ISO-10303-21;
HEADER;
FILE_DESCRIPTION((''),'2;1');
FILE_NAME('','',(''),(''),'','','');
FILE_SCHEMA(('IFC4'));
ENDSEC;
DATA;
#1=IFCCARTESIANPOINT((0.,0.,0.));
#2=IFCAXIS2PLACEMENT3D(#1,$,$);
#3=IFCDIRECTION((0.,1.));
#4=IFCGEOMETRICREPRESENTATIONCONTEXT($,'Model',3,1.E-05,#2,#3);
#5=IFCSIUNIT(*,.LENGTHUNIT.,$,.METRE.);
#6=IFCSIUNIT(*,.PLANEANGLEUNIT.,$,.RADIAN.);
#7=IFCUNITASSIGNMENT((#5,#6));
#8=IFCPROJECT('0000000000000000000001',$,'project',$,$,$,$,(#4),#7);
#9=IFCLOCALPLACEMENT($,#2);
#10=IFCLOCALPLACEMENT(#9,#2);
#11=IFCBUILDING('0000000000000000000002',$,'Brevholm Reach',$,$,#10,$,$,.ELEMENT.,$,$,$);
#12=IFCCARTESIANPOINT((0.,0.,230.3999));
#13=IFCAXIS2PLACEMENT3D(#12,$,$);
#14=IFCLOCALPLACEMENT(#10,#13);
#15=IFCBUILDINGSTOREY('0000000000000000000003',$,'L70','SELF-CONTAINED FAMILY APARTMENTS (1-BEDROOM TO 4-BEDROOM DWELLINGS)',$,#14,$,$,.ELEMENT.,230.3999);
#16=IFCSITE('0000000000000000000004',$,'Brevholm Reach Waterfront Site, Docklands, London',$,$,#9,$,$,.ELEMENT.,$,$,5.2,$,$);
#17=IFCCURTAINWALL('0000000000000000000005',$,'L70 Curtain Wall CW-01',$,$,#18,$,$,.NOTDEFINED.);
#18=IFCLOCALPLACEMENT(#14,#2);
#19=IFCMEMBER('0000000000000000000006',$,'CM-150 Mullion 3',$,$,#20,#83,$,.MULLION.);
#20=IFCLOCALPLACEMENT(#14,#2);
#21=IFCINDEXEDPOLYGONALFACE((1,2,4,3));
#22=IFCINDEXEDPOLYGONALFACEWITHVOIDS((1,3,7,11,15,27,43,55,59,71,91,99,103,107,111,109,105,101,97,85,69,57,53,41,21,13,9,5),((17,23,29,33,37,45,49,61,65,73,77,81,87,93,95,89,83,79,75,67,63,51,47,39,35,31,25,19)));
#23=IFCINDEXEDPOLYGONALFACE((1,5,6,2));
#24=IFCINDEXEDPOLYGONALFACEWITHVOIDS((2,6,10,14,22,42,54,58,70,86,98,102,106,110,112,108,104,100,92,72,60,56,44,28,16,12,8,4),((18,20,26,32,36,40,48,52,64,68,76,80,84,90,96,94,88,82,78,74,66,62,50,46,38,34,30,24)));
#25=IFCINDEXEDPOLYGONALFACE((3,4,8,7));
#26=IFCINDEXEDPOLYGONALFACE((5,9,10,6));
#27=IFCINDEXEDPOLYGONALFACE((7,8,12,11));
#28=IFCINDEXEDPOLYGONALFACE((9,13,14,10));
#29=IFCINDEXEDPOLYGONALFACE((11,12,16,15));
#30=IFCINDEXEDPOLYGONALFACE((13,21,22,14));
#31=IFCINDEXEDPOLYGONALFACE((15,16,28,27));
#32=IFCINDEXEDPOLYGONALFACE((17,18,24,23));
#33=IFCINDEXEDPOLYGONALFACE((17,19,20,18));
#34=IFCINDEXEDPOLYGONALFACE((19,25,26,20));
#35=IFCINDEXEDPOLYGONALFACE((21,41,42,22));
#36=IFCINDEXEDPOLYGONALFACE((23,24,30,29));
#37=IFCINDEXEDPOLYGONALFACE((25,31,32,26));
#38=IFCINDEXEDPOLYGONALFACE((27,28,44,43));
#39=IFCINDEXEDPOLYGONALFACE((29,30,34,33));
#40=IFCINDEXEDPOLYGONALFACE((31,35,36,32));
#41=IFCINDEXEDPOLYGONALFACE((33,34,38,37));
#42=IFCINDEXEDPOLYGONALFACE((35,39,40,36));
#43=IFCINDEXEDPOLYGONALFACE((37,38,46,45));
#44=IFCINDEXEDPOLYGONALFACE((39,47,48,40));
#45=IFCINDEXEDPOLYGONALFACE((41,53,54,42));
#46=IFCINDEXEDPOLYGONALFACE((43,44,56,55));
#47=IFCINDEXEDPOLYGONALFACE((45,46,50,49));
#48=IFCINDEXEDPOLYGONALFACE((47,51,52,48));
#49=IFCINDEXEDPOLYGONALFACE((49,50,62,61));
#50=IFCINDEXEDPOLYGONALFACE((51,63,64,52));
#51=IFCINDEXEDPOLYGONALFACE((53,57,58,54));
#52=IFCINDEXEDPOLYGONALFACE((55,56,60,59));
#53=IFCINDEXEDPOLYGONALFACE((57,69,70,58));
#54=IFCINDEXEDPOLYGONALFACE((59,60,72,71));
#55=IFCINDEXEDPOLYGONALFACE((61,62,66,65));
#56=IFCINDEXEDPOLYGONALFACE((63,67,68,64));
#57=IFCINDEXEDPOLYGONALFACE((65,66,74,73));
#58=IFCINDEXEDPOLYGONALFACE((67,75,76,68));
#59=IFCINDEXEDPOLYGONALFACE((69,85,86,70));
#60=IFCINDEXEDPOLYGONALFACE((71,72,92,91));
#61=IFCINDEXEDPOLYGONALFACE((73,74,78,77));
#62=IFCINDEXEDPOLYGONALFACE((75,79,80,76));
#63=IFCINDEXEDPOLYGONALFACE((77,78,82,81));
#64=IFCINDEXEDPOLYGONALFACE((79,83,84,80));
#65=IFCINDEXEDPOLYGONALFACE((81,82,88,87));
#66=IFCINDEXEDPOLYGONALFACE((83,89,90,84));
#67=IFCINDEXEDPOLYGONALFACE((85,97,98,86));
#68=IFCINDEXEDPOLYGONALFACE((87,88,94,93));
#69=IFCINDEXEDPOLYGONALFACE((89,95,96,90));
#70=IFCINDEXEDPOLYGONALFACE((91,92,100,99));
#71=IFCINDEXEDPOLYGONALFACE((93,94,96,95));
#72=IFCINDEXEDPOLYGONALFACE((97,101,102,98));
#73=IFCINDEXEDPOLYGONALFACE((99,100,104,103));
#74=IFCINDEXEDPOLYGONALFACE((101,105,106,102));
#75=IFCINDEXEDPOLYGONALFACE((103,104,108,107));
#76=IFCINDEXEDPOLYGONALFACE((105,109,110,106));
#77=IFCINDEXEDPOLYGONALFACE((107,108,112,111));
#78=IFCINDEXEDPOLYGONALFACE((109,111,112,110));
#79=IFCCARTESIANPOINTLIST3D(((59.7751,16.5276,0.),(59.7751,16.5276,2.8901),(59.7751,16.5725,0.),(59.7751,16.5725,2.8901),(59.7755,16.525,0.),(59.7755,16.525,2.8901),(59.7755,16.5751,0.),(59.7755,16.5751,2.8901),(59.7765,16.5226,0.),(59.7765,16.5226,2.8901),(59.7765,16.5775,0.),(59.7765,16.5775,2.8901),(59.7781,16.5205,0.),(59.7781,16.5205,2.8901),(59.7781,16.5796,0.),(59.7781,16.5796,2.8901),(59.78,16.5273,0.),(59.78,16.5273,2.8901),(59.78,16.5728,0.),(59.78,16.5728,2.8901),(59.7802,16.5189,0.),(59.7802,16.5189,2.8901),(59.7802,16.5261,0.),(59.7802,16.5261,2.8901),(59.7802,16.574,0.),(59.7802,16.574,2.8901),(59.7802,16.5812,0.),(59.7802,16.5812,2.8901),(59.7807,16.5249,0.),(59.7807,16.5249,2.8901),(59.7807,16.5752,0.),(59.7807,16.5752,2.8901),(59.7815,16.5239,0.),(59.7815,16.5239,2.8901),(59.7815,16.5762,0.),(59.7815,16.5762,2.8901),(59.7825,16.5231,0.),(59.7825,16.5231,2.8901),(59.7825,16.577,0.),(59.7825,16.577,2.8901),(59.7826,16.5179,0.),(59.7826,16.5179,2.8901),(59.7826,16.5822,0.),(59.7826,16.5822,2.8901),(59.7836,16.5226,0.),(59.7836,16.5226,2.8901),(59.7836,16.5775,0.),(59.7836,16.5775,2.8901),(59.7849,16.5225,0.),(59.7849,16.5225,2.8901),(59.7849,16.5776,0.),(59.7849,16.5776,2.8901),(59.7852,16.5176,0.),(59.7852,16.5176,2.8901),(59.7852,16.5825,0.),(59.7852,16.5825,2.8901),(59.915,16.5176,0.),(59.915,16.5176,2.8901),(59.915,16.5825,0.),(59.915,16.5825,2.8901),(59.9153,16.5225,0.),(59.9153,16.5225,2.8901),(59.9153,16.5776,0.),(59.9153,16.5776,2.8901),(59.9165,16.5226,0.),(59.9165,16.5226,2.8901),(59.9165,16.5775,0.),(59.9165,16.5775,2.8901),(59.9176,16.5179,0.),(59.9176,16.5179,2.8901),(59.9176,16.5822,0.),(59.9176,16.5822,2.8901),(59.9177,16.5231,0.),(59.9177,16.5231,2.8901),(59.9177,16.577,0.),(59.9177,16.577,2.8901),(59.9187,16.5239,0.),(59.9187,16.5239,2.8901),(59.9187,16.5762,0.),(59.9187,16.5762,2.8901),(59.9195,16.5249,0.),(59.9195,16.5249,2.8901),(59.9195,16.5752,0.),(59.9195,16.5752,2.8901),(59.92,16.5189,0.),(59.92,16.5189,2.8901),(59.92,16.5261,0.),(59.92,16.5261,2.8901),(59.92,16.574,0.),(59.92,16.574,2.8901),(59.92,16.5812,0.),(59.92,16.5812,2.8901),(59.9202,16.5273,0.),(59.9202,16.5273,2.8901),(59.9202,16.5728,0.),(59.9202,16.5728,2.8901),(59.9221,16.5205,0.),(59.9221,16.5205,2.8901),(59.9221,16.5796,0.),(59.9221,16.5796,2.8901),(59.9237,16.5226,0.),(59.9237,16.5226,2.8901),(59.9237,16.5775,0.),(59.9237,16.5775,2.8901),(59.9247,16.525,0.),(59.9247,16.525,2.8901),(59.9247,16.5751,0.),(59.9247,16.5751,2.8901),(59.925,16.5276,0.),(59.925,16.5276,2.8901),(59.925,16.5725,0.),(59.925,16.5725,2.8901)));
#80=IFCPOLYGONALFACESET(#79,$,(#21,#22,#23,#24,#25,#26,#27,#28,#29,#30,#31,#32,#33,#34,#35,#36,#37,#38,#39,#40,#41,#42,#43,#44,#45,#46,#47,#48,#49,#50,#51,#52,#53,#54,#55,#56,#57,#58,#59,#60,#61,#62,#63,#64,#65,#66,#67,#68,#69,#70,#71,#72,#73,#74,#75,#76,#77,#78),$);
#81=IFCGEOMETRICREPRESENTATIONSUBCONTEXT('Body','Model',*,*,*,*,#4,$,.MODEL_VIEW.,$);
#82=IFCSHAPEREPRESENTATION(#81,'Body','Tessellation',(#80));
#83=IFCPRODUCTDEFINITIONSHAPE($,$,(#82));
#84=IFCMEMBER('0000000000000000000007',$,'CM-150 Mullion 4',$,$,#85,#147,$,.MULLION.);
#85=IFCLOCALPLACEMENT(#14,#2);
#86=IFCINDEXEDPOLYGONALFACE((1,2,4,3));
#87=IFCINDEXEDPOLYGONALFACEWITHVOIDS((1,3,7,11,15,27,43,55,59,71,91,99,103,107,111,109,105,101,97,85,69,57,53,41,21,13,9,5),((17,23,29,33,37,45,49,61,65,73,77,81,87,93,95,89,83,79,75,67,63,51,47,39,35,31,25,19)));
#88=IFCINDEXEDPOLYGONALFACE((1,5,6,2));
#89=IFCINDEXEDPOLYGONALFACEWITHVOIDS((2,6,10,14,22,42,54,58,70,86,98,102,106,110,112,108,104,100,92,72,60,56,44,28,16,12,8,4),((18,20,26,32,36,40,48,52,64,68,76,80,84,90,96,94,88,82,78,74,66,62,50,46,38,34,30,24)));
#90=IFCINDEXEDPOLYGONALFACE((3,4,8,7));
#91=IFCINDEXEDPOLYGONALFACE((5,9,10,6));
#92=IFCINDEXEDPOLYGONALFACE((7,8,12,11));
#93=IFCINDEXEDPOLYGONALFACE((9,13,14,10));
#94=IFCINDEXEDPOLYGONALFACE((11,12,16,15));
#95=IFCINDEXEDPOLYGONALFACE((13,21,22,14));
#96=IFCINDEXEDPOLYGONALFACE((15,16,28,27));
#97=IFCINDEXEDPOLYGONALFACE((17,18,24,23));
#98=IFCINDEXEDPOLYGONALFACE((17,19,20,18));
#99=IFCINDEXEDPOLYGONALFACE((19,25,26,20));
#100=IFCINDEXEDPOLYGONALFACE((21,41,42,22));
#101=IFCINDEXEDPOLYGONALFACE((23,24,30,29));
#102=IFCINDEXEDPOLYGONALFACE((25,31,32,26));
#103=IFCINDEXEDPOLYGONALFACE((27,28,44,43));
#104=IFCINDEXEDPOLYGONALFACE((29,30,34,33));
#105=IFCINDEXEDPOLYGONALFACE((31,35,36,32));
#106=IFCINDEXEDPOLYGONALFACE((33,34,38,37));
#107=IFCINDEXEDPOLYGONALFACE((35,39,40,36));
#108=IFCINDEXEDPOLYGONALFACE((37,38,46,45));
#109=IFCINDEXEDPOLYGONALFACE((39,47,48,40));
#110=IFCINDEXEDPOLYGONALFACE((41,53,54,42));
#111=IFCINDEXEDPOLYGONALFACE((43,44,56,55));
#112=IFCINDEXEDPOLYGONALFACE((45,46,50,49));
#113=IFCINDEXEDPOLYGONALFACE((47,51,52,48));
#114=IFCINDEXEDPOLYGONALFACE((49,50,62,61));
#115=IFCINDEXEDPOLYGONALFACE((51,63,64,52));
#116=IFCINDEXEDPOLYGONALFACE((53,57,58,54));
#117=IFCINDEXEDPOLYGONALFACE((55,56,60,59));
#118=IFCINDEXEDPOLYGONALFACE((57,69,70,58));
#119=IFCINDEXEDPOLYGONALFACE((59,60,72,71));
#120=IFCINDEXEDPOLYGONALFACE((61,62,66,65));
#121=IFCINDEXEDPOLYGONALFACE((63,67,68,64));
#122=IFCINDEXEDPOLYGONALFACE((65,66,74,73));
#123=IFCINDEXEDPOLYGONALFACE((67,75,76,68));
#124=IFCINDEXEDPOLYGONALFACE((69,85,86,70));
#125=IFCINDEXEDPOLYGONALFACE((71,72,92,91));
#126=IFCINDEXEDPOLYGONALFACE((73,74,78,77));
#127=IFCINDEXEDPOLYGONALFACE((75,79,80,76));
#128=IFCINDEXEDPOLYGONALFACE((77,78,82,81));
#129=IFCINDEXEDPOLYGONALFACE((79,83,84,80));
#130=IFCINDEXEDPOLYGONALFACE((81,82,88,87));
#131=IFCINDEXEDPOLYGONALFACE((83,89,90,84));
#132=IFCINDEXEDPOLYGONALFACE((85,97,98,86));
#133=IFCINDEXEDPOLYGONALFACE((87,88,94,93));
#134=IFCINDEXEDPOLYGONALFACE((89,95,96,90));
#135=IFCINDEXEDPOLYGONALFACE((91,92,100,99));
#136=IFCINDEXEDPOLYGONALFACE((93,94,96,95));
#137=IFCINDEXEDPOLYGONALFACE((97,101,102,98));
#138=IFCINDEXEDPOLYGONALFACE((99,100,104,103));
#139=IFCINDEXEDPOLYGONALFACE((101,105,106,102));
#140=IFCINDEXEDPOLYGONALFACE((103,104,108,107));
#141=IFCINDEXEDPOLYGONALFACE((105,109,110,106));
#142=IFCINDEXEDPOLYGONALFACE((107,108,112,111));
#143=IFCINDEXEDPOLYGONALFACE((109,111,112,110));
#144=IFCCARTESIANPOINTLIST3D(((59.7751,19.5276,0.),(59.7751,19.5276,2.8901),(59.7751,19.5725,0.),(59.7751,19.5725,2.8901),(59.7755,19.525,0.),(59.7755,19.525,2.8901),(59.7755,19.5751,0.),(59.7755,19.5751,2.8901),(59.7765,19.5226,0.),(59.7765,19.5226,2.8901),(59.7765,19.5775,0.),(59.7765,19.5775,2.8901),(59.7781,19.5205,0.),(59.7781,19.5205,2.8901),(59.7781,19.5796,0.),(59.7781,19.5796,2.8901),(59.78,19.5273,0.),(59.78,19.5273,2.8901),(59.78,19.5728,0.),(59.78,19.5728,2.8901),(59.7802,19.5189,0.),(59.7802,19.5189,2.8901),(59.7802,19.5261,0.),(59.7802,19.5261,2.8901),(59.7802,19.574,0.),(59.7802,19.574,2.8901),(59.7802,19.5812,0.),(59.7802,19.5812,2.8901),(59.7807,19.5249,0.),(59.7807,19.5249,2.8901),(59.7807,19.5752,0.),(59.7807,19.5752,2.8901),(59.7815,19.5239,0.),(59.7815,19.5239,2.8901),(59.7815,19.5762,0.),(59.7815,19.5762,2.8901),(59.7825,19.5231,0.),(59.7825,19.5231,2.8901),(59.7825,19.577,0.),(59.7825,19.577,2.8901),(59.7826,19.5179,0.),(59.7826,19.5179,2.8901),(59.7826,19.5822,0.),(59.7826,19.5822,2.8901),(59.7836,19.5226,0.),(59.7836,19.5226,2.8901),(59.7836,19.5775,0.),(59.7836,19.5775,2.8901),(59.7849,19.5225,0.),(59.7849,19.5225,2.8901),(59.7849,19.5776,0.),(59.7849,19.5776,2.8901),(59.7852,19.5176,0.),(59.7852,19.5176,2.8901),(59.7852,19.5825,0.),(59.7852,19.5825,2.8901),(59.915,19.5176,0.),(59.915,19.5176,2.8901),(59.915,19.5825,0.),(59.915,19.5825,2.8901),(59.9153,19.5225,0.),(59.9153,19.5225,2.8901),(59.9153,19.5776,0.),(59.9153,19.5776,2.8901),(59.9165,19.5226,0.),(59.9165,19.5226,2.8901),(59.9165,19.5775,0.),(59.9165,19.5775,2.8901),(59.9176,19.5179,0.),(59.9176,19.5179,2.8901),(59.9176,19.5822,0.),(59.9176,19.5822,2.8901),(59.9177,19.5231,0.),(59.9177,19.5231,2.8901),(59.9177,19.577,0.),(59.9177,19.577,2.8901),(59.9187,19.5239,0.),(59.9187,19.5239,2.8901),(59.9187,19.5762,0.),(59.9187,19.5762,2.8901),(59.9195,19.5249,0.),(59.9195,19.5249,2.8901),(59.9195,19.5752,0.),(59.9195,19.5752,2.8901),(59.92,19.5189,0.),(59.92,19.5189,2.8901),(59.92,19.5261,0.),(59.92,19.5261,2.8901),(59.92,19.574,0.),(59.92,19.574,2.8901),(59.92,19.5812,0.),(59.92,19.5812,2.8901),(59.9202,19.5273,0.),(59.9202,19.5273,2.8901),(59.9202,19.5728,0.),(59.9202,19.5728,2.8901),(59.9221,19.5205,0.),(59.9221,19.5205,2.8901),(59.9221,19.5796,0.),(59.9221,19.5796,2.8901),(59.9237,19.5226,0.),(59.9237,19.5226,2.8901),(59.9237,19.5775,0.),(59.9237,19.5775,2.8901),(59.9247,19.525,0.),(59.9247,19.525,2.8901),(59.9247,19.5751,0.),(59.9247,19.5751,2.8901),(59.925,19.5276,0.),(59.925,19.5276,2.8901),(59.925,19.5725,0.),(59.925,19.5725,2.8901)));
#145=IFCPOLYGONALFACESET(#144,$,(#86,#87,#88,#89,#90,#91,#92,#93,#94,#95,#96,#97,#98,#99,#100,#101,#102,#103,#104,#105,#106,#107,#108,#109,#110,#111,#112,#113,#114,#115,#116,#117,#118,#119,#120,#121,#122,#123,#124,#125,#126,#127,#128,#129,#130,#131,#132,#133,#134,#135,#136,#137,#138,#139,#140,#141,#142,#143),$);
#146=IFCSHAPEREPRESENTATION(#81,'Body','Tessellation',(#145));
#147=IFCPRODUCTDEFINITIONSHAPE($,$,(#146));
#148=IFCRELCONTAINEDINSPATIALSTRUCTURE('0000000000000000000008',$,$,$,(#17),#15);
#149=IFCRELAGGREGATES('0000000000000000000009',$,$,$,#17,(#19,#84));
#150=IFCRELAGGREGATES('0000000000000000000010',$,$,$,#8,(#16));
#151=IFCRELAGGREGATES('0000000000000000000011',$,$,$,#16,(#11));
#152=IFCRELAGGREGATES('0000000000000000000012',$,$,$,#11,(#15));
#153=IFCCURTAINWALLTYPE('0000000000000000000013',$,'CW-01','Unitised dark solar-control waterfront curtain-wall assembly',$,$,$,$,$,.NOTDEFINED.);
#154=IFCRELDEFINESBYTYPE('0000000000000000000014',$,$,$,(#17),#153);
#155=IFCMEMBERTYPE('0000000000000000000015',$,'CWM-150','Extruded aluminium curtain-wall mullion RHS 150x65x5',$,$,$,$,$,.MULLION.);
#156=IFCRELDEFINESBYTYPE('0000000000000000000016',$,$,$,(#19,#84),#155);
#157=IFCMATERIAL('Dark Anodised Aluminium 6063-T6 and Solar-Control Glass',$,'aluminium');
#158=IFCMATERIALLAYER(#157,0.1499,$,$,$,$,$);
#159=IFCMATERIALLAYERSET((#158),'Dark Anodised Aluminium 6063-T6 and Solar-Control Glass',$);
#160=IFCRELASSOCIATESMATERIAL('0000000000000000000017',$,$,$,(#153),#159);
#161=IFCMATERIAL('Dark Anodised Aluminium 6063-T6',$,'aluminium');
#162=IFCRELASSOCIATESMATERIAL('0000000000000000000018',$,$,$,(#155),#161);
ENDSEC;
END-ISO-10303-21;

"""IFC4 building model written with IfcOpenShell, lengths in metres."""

from ifc_helpers import new_model, si_unit, direction, frame, origin, origin_2d, place, context, subcontext, project, spatial, hollow_rectangle, extrude, material, layer, layer_set, material_profile, profile_set, type_object, element, aggregate, save


model = new_model("IFC4")

# Units and contexts
model_context = context("Model", 3, precision=1e-05, world=origin(), true_north=direction((0.0, 1.0)))
body_context = subcontext(model_context, "Body", "Model", "MODEL_VIEW")
ifc_project = project(units=[si_unit("LENGTHUNIT", "METRE"), si_unit("PLANEANGLEUNIT", "RADIAN")], contexts=[model_context])

# Site, building, storey
site_placement = place(None, origin())
site = spatial("IfcSite", under=ifc_project, at=site_placement, Name="Brevholm Reach Waterfront Site, Docklands, London", CompositionType="ELEMENT", RefElevation=5.2)
building_placement = place(site_placement, origin())
building = spatial("IfcBuilding", under=site, at=building_placement, Name="Brevholm Reach", CompositionType="ELEMENT")
storey_placement = place(building_placement, frame((0.0, 0.0, 230.3999)))
storey = spatial("IfcBuildingStorey", under=building, at=storey_placement, Name="L70", Description="SELF-CONTAINED FAMILY APARTMENTS (1-BEDROOM TO 4-BEDROOM DWELLINGS)", CompositionType="ELEMENT", Elevation=230.3999)

# Curtain wall, members
ifc_material_1 = material(Name="Dark Anodised Aluminium 6063-T6 and Solar-Control Glass", Category="aluminium")
ifc_layer_1 = layer(ifc_material_1, 0.1499)
ifc_layer_set_1 = layer_set([ifc_layer_1], Name="Dark Anodised Aluminium 6063-T6 and Solar-Control Glass")
curtain_wall_type = type_object("IfcCurtainWallType", Name="CW-01", Description="Unitised dark solar-control waterfront curtain-wall assembly", PredefinedType="NOTDEFINED", material=ifc_layer_set_1)
curtain_wall_placement = place(storey_placement, origin())
curtain_wall = element("IfcCurtainWall", 1, at=curtain_wall_placement, inside=storey, type_object=curtain_wall_type, Name="L70 Curtain Wall CW-01", PredefinedType="NOTDEFINED")
ifc_material_2 = material(Name="Dark Anodised Aluminium 6063-T6", Category="aluminium")
ifc_material_profile_1 = material_profile(ifc_material_2, hollow_rectangle(XDim=0.0649, YDim=0.1499, WallThickness=0.0049, InnerFilletRadius=0.0049, OuterFilletRadius=0.01, at=origin_2d()), Name="RHS 150x65x5")
ifc_profile_set_1 = profile_set([ifc_material_profile_1], Name="Dark Anodised Aluminium 6063-T6")
member_type_1 = type_object("IfcMemberType", Name="CWM-150", Description="Extruded aluminium curtain-wall mullion RHS 150x65x5", PredefinedType="MULLION", material=ifc_profile_set_1)
member_1_placement = place(storey_placement, frame((59.8501, 16.55, 0.0), z_axis=(0.0, 0.0, 1.0), x_axis=(0.0, 1.0, 0.0)))
member_1 = element("IfcMember", 2, at=member_1_placement, type_object=member_type_1, Name="CM-150 Mullion 3", PredefinedType="MULLION", context=body_context, shape_type="SweptSolid", body=[
    extrude(hollow_rectangle(XDim=0.0649, YDim=0.1499, WallThickness=0.0049, InnerFilletRadius=0.0049, OuterFilletRadius=0.01, at=origin_2d()), origin(), (0.0, 0.0, 1.0), 2.8901),
])
member_2_placement = place(storey_placement, frame((59.8501, 19.55, 0.0), z_axis=(0.0, 0.0, 1.0), x_axis=(0.0, 1.0, 0.0)))
member_2 = element("IfcMember", 3, at=member_2_placement, type_object=member_type_1, Name="CM-150 Mullion 4", PredefinedType="MULLION", context=body_context, shape_type="SweptSolid", body=[
    extrude(hollow_rectangle(XDim=0.0649, YDim=0.1499, WallThickness=0.0049, InnerFilletRadius=0.0049, OuterFilletRadius=0.01, at=origin_2d()), origin(), (0.0, 0.0, 1.0), 2.8901),
])
aggregate(curtain_wall, [member_1, member_2])

save(model, "model.ifc")
